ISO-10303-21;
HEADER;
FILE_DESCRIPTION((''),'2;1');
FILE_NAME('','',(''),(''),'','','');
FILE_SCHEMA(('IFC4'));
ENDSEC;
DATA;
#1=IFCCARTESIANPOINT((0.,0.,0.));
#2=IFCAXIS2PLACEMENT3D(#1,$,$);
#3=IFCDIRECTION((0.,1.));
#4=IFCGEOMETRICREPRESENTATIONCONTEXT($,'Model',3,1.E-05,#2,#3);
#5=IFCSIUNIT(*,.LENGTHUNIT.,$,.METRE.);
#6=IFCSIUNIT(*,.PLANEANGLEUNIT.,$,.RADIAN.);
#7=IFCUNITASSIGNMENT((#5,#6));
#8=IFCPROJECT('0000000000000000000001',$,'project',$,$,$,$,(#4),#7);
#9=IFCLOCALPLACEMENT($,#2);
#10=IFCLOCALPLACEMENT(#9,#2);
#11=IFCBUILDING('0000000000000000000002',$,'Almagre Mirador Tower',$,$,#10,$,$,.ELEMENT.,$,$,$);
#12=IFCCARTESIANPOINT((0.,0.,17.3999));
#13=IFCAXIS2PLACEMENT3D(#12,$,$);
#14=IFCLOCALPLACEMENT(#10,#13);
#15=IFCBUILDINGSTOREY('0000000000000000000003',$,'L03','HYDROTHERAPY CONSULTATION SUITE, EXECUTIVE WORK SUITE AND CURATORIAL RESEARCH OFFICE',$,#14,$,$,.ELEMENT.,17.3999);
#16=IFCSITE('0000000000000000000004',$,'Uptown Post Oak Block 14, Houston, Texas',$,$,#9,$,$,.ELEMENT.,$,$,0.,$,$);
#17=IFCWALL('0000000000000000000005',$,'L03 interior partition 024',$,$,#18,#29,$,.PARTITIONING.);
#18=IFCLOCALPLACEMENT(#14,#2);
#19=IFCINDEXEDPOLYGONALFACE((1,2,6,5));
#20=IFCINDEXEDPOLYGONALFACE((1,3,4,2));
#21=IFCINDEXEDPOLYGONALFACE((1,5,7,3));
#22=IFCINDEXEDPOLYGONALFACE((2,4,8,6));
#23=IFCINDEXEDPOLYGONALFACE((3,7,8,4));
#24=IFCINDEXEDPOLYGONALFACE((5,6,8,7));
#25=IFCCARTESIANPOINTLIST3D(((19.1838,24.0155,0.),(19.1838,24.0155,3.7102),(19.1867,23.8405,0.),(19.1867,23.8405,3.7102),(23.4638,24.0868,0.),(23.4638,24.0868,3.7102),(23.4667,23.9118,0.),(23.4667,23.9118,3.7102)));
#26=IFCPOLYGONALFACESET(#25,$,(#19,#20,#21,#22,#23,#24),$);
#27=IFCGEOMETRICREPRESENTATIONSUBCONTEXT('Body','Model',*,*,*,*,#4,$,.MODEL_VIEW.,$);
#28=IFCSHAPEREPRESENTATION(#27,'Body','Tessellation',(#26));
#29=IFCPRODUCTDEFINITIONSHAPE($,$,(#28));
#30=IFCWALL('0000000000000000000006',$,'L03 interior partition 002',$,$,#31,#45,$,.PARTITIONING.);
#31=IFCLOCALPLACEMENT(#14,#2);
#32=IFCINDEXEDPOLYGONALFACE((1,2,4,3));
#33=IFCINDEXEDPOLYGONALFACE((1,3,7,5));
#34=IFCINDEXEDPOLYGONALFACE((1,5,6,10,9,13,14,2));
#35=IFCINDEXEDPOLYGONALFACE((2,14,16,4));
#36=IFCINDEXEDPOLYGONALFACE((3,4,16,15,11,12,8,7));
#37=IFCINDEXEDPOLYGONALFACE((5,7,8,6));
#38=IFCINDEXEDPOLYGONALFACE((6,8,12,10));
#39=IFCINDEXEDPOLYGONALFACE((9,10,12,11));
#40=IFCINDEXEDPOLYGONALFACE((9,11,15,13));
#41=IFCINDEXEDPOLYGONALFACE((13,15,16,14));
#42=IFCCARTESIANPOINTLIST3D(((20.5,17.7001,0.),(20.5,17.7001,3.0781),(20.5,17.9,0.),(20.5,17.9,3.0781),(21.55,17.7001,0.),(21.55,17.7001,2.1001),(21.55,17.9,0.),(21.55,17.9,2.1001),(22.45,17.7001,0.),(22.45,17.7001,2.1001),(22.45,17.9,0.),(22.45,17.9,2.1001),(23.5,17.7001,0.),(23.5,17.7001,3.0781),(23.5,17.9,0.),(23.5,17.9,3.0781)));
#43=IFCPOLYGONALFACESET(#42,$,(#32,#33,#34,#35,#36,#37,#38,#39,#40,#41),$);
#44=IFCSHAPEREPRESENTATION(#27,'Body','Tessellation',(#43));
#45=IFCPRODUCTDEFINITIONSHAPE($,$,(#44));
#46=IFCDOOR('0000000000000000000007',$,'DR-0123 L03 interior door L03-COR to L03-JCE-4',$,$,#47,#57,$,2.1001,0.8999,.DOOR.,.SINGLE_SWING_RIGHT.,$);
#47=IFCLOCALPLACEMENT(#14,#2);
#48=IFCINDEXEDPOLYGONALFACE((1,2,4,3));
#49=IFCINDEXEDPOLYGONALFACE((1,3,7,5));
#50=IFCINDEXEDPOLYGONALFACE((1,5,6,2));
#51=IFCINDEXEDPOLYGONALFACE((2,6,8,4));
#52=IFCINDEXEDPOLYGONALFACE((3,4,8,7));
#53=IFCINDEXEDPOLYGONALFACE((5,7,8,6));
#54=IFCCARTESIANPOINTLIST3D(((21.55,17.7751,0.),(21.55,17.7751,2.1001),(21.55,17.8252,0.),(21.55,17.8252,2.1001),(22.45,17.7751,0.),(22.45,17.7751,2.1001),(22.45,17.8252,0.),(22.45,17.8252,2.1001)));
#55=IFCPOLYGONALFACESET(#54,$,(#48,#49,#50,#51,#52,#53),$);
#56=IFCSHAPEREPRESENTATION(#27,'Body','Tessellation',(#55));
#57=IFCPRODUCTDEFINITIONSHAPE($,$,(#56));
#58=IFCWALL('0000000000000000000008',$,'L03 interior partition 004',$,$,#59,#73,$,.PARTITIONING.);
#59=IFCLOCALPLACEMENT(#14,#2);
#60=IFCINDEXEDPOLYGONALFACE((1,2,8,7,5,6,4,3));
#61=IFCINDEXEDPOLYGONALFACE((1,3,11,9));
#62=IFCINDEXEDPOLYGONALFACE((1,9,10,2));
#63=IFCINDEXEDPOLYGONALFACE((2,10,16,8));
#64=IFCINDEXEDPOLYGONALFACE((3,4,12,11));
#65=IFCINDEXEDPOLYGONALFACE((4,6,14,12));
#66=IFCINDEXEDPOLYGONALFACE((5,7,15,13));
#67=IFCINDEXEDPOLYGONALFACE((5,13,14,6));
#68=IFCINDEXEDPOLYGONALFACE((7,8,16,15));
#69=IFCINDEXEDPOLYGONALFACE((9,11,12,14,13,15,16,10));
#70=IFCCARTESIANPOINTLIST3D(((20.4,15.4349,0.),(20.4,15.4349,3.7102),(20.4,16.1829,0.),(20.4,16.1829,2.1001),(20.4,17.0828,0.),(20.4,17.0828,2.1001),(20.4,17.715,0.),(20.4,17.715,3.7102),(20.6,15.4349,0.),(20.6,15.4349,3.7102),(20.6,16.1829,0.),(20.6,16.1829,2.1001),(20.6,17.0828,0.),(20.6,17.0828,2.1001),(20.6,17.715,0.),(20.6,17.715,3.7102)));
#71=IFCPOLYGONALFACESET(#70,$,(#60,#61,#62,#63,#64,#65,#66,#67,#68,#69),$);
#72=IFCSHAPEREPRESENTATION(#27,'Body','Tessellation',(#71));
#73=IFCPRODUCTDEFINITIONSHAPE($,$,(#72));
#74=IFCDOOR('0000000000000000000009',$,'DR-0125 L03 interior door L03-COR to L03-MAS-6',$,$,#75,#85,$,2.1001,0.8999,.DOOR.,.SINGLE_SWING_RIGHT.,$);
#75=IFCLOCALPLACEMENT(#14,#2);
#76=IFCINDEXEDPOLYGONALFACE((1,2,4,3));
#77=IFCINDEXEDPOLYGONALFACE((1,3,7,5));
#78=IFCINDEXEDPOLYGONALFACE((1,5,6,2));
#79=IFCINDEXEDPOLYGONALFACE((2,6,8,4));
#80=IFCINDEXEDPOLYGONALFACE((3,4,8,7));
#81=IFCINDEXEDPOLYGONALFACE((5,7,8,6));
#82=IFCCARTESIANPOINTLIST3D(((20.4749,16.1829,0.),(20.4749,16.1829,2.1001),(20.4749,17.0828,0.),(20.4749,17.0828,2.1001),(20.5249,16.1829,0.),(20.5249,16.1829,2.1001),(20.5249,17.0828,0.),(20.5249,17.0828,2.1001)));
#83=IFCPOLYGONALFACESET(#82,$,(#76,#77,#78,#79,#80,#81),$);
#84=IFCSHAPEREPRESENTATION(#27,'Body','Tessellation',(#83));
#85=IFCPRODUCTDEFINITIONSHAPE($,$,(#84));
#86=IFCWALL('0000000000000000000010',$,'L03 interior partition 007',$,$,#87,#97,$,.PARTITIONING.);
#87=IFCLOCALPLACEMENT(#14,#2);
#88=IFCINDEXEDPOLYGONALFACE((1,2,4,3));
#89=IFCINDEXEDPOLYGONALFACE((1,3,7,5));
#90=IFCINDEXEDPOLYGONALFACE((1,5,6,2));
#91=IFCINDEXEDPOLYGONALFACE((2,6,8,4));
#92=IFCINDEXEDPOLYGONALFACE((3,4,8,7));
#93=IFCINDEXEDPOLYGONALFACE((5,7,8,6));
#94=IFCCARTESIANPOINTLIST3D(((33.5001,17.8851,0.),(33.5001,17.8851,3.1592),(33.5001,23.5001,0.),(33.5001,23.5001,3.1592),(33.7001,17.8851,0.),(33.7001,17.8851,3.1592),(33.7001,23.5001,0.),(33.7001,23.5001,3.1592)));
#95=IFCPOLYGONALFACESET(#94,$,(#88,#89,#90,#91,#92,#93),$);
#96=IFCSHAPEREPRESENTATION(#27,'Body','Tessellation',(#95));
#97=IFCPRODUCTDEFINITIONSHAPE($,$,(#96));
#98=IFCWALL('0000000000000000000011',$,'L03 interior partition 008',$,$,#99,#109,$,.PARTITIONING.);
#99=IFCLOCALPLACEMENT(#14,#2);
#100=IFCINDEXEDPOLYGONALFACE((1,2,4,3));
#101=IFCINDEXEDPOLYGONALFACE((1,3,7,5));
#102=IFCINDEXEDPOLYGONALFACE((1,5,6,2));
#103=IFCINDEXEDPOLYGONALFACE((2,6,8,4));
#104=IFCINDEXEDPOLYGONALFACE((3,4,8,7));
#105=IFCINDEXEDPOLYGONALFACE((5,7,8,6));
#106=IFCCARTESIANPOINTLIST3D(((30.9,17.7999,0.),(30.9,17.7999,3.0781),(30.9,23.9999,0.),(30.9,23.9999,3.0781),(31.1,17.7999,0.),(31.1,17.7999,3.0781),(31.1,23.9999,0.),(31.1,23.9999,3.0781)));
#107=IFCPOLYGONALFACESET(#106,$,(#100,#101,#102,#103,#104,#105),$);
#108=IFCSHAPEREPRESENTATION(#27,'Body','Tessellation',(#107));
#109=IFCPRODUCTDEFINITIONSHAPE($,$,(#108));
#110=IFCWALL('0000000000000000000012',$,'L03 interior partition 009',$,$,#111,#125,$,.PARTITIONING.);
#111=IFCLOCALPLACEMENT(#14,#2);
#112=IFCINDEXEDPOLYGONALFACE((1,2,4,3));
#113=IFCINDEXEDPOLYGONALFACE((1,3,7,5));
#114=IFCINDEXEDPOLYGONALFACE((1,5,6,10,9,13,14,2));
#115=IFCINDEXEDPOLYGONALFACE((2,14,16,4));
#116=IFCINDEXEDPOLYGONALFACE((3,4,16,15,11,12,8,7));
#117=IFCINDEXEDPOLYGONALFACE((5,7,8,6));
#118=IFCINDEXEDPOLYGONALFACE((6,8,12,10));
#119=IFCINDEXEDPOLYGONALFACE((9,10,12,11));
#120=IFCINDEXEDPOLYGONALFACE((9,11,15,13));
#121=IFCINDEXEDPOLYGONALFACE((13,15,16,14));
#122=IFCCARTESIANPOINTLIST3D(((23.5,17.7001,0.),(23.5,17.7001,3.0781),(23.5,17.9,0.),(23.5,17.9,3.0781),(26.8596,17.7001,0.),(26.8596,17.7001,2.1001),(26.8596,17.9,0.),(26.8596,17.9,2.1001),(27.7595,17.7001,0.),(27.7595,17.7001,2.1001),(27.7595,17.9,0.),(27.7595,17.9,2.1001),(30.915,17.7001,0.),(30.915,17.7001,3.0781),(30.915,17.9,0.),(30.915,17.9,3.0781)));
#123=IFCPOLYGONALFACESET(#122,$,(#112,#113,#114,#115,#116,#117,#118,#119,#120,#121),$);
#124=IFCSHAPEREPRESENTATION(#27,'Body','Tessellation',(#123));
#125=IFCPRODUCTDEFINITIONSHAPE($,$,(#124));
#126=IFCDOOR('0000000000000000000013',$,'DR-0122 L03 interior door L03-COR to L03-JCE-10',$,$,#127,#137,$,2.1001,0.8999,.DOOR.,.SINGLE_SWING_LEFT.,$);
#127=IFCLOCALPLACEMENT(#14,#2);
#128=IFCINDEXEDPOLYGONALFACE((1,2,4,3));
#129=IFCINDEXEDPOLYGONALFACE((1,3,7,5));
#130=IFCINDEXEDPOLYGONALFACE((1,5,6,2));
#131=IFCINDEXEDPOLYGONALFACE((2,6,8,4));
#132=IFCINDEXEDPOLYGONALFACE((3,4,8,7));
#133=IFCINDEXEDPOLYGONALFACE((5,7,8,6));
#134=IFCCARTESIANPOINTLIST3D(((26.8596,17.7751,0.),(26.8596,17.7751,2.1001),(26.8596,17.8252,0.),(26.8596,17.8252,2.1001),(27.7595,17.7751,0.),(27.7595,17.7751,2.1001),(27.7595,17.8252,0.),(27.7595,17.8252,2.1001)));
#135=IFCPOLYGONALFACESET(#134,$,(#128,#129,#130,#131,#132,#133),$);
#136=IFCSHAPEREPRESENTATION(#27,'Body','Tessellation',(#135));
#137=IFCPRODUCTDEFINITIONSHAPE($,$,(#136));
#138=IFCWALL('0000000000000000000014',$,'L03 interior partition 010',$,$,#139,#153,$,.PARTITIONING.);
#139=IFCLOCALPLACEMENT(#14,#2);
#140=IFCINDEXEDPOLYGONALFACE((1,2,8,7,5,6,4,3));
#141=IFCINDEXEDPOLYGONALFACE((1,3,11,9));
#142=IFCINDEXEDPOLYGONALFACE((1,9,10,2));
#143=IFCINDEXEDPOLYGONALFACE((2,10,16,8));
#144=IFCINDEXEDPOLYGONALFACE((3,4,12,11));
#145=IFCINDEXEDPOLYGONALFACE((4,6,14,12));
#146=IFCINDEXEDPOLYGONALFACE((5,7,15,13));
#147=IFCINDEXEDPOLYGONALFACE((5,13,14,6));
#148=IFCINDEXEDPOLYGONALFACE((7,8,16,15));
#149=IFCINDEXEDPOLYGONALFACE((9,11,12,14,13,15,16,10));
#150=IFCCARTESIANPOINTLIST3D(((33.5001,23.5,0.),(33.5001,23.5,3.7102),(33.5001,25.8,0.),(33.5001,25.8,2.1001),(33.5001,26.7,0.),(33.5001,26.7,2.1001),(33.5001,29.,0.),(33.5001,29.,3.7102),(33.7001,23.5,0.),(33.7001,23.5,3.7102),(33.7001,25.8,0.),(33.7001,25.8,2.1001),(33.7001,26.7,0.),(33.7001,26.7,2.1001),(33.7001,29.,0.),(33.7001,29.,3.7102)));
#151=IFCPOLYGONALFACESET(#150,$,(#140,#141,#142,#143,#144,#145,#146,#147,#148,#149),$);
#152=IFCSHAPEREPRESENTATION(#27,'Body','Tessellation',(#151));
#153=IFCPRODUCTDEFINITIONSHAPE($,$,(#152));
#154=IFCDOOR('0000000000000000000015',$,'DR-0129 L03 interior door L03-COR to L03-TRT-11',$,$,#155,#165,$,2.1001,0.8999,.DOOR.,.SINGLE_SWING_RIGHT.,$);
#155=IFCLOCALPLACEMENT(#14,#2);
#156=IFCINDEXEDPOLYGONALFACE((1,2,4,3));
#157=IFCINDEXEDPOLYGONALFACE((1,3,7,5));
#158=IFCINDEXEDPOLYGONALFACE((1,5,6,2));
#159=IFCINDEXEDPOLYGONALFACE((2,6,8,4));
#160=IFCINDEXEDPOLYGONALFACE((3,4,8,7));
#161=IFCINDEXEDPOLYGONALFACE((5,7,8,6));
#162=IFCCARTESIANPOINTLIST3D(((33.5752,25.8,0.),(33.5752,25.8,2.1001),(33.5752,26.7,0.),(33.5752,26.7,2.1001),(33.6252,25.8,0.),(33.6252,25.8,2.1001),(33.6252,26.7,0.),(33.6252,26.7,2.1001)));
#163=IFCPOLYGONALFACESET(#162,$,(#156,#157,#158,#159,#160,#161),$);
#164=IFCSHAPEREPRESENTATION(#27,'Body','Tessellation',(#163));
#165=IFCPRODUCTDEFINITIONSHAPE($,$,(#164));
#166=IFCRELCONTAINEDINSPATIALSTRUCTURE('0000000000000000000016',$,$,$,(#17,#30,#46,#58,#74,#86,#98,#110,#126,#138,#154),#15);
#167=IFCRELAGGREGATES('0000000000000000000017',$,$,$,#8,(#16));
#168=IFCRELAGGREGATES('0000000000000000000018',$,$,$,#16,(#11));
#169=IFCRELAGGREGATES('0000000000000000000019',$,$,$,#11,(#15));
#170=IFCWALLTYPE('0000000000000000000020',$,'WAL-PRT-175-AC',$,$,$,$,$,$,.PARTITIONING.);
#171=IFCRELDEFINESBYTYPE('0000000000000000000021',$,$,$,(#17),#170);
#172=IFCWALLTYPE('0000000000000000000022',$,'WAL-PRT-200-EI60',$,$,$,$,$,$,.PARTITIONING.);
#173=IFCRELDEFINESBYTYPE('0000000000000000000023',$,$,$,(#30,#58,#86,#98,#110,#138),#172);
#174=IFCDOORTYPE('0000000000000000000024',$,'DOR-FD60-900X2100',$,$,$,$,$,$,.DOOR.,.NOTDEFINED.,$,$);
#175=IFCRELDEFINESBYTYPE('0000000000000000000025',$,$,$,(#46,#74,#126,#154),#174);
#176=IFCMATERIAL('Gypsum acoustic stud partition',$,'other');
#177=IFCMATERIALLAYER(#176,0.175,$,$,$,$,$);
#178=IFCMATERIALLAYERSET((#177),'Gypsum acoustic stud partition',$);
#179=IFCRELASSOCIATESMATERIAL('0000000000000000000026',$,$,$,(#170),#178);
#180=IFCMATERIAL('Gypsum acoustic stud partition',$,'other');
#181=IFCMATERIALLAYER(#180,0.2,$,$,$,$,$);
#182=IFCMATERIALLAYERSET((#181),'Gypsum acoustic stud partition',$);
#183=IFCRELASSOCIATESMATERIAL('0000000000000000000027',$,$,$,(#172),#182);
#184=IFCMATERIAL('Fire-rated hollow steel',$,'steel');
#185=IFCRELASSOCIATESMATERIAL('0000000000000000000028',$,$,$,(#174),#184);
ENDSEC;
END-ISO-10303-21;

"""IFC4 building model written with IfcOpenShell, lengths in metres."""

from ifc_helpers import new_model, si_unit, direction, frame, frame_2d, origin, place, context, subcontext, project, spatial, rectangle, extrude, material, layer, layer_set, type_object, element, fill, save


model = new_model("IFC4")

# Units and contexts
model_context = context("Model", 3, precision=1e-05, world=origin(), true_north=direction((0.0, 1.0)))
body_context = subcontext(model_context, "Body", "Model", "MODEL_VIEW")
ifc_project = project(units=[si_unit("LENGTHUNIT", "METRE"), si_unit("PLANEANGLEUNIT", "RADIAN")], contexts=[model_context])

# Site, building, storey
site_placement = place(None, origin())
site = spatial("IfcSite", under=ifc_project, at=site_placement, Name="Uptown Post Oak Block 14, Houston, Texas", CompositionType="ELEMENT", RefElevation=0.0)
building_placement = place(site_placement, origin())
building = spatial("IfcBuilding", under=site, at=building_placement, Name="Almagre Mirador Tower", CompositionType="ELEMENT")
storey_placement = place(building_placement, frame((0.0, 0.0, 17.3999)))
storey = spatial("IfcBuildingStorey", under=building, at=storey_placement, Name="L03", Description="HYDROTHERAPY CONSULTATION SUITE, EXECUTIVE WORK SUITE AND CURATORIAL RESEARCH OFFICE", CompositionType="ELEMENT", Elevation=17.3999)

# Wall
ifc_material_1 = material(Name="Gypsum acoustic stud partition", Category="other")
ifc_layer_1 = layer(ifc_material_1, 0.175)
ifc_layer_set_1 = layer_set([ifc_layer_1], Name="Gypsum acoustic stud partition")
wall_type_1 = type_object("IfcWallType", Name="WAL-PRT-175-AC", PredefinedType="PARTITIONING", material=ifc_layer_set_1)
wall_1_placement = place(storey_placement, frame((23.4651, 23.9993, 0.0), z_axis=(0.0, 0.0, 1.0), x_axis=(-0.999861, -0.016654, 0.0)))
element("IfcWall", 1, at=wall_1_placement, inside=storey, type_object=wall_type_1, Name="L03 interior partition 024", PredefinedType="PARTITIONING", context=body_context, shape_type="SweptSolid", body=[
    extrude(rectangle(XDim=4.2805, YDim=0.175, at=frame_2d((2.1401, 0.0))), origin(), (0.0, 0.0, 1.0), 3.7102),
])

# Walls, openings, doors
ifc_material_2 = material(Name="Gypsum acoustic stud partition", Category="other")
ifc_layer_2 = layer(ifc_material_2, 0.2)
ifc_layer_set_2 = layer_set([ifc_layer_2], Name="Gypsum acoustic stud partition")
wall_type_2 = type_object("IfcWallType", Name="WAL-PRT-200-EI60", PredefinedType="PARTITIONING", material=ifc_layer_set_2)
wall_2_placement = place(storey_placement, frame((23.5, 17.8, 0.0), z_axis=(0.0, 0.0, 1.0), x_axis=(-1.0, 0.0, 0.0)))
wall_2 = element("IfcWall", 2, at=wall_2_placement, inside=storey, type_object=wall_type_2, Name="L03 interior partition 002", PredefinedType="PARTITIONING", context=body_context, shape_type="SweptSolid", body=[
    extrude(rectangle(XDim=3.0, YDim=0.2, at=frame_2d((1.5, 0.0))), origin(), (0.0, 0.0, 1.0), 3.0781),
])
opening_1_placement = place(wall_2_placement, frame((1.05, 0.0, 0.0)))
opening_1 = element("IfcOpeningElement", 3, at=opening_1_placement, cuts=wall_2, PredefinedType="OPENING", context=body_context, shape_type="SweptSolid", body=[
    extrude(rectangle(XDim=0.8999, YDim=2.1001, at=frame_2d((0.45, 1.05))), frame((0.0, 0.1101, 0.0), z_axis=(0.0, -1.0, 0.0), x_axis=(1.0, 0.0, 0.0)), (0.0, 0.0, 1.0), 0.22),
])
ifc_material_3 = material(Name="Fire-rated hollow steel", Category="steel")
door_type = type_object("IfcDoorType", Name="DOR-FD60-900X2100", OperationType="NOTDEFINED", PredefinedType="DOOR", material=ifc_material_3)
door_1_placement = place(opening_1_placement, origin())
door_1 = element("IfcDoor", 4, at=door_1_placement, inside=storey, type_object=door_type, Name="DR-0123 L03 interior door L03-COR to L03-JCE-4", OperationType="SINGLE_SWING_RIGHT", OverallHeight=2.1001, OverallWidth=0.8999, PredefinedType="DOOR", context=body_context, shape_type="SweptSolid", body=[
    extrude(rectangle(XDim=0.8999, YDim=2.1001, at=frame_2d((0.45, 1.05))), frame((0.0, 0.0249, 0.0), z_axis=(0.0, -1.0, 0.0), x_axis=(1.0, 0.0, 0.0)), (0.0, 0.0, 1.0), 0.05),
])
fill(opening_1, door_1)
wall_3_placement = place(storey_placement, frame((20.5, 17.7151, 0.0), z_axis=(0.0, 0.0, 1.0), x_axis=(0.0, -1.0, 0.0)))
wall_3 = element("IfcWall", 5, at=wall_3_placement, inside=storey, type_object=wall_type_2, Name="L03 interior partition 004", PredefinedType="PARTITIONING", context=body_context, shape_type="SweptSolid", body=[
    extrude(rectangle(XDim=2.28, YDim=0.2, at=frame_2d((1.1401, 0.0))), origin(), (0.0, 0.0, 1.0), 3.7102),
])
opening_2_placement = place(wall_3_placement, frame((0.6323, 0.0, 0.0)))
opening_2 = element("IfcOpeningElement", 6, at=opening_2_placement, cuts=wall_3, PredefinedType="OPENING", context=body_context, shape_type="SweptSolid", body=[
    extrude(rectangle(XDim=0.8999, YDim=2.1001, at=frame_2d((0.45, 1.05))), frame((0.0, 0.1101, 0.0), z_axis=(0.0, -1.0, 0.0), x_axis=(1.0, 0.0, 0.0)), (0.0, 0.0, 1.0), 0.22),
])
door_2_placement = place(opening_2_placement, origin())
door_2 = element("IfcDoor", 7, at=door_2_placement, inside=storey, type_object=door_type, Name="DR-0125 L03 interior door L03-COR to L03-MAS-6", OperationType="SINGLE_SWING_RIGHT", OverallHeight=2.1001, OverallWidth=0.8999, PredefinedType="DOOR", context=body_context, shape_type="SweptSolid", body=[
    extrude(rectangle(XDim=0.8999, YDim=2.1001, at=frame_2d((0.45, 1.05))), frame((0.0, 0.0249, 0.0), z_axis=(0.0, -1.0, 0.0), x_axis=(1.0, 0.0, 0.0)), (0.0, 0.0, 1.0), 0.05),
])
fill(opening_2, door_2)

# Walls
wall_4_placement = place(storey_placement, frame((33.6001, 17.885, 0.0), z_axis=(0.0, 0.0, 1.0), x_axis=(0.0, 1.0, 0.0)))
element("IfcWall", 8, at=wall_4_placement, inside=storey, type_object=wall_type_2, Name="L03 interior partition 007", PredefinedType="PARTITIONING", context=body_context, shape_type="SweptSolid", body=[
    extrude(rectangle(XDim=5.615, YDim=0.2, at=frame_2d((2.8076, 0.0))), origin(), (0.0, 0.0, 1.0), 3.1592),
])
wall_5_placement = place(storey_placement, frame((31.0, 24.0, 0.0), z_axis=(0.0, 0.0, 1.0), x_axis=(0.0, -1.0, 0.0)))
element("IfcWall", 9, at=wall_5_placement, inside=storey, type_object=wall_type_2, Name="L03 interior partition 008", PredefinedType="PARTITIONING", context=body_context, shape_type="SweptSolid", body=[
    extrude(rectangle(XDim=6.2, YDim=0.2, at=frame_2d((3.1001, 0.0))), origin(), (0.0, 0.0, 1.0), 3.0781),
])

# Walls, openings, doors
wall_6_placement = place(storey_placement, frame((30.915, 17.8, 0.0), z_axis=(0.0, 0.0, 1.0), x_axis=(-1.0, 0.0, 0.0)))
wall_6 = element("IfcWall", 10, at=wall_6_placement, inside=storey, type_object=wall_type_2, Name="L03 interior partition 009", PredefinedType="PARTITIONING", context=body_context, shape_type="SweptSolid", body=[
    extrude(rectangle(XDim=7.415, YDim=0.2, at=frame_2d((3.7075, 0.0))), origin(), (0.0, 0.0, 1.0), 3.0781),
])
opening_3_placement = place(wall_6_placement, frame((3.1555, 0.0, 0.0)))
opening_3 = element("IfcOpeningElement", 11, at=opening_3_placement, cuts=wall_6, PredefinedType="OPENING", context=body_context, shape_type="SweptSolid", body=[
    extrude(rectangle(XDim=0.8999, YDim=2.1001, at=frame_2d((0.45, 1.05))), frame((0.0, 0.1101, 0.0), z_axis=(0.0, -1.0, 0.0), x_axis=(1.0, 0.0, 0.0)), (0.0, 0.0, 1.0), 0.22),
])
door_3_placement = place(opening_3_placement, origin())
door_3 = element("IfcDoor", 12, at=door_3_placement, inside=storey, type_object=door_type, Name="DR-0122 L03 interior door L03-COR to L03-JCE-10", OperationType="SINGLE_SWING_LEFT", OverallHeight=2.1001, OverallWidth=0.8999, PredefinedType="DOOR", context=body_context, shape_type="SweptSolid", body=[
    extrude(rectangle(XDim=0.8999, YDim=2.1001, at=frame_2d((0.45, 1.05))), frame((0.0, 0.0249, 0.0), z_axis=(0.0, -1.0, 0.0), x_axis=(1.0, 0.0, 0.0)), (0.0, 0.0, 1.0), 0.05),
])
fill(opening_3, door_3)
wall_7_placement = place(storey_placement, frame((33.6001, 23.5, 0.0), z_axis=(0.0, 0.0, 1.0), x_axis=(0.0, 1.0, 0.0)))
wall_7 = element("IfcWall", 13, at=wall_7_placement, inside=storey, type_object=wall_type_2, Name="L03 interior partition 010", PredefinedType="PARTITIONING", context=body_context, shape_type="SweptSolid", body=[
    extrude(rectangle(XDim=5.5, YDim=0.2, at=frame_2d((2.75, 0.0))), origin(), (0.0, 0.0, 1.0), 3.7102),
])
opening_4_placement = place(wall_7_placement, frame((2.3, 0.0, 0.0)))
opening_4 = element("IfcOpeningElement", 14, at=opening_4_placement, cuts=wall_7, PredefinedType="OPENING", context=body_context, shape_type="SweptSolid", body=[
    extrude(rectangle(XDim=0.8999, YDim=2.1001, at=frame_2d((0.45, 1.05))), frame((0.0, 0.1101, 0.0), z_axis=(0.0, -1.0, 0.0), x_axis=(1.0, 0.0, 0.0)), (0.0, 0.0, 1.0), 0.22),
])
door_4_placement = place(opening_4_placement, origin())
door_4 = element("IfcDoor", 15, at=door_4_placement, inside=storey, type_object=door_type, Name="DR-0129 L03 interior door L03-COR to L03-TRT-11", OperationType="SINGLE_SWING_RIGHT", OverallHeight=2.1001, OverallWidth=0.8999, PredefinedType="DOOR", context=body_context, shape_type="SweptSolid", body=[
    extrude(rectangle(XDim=0.8999, YDim=2.1001, at=frame_2d((0.45, 1.05))), frame((0.0, 0.0249, 0.0), z_axis=(0.0, -1.0, 0.0), x_axis=(1.0, 0.0, 0.0)), (0.0, 0.0, 1.0), 0.05),
])
fill(opening_4, door_4)

save(model, "model.ifc")
